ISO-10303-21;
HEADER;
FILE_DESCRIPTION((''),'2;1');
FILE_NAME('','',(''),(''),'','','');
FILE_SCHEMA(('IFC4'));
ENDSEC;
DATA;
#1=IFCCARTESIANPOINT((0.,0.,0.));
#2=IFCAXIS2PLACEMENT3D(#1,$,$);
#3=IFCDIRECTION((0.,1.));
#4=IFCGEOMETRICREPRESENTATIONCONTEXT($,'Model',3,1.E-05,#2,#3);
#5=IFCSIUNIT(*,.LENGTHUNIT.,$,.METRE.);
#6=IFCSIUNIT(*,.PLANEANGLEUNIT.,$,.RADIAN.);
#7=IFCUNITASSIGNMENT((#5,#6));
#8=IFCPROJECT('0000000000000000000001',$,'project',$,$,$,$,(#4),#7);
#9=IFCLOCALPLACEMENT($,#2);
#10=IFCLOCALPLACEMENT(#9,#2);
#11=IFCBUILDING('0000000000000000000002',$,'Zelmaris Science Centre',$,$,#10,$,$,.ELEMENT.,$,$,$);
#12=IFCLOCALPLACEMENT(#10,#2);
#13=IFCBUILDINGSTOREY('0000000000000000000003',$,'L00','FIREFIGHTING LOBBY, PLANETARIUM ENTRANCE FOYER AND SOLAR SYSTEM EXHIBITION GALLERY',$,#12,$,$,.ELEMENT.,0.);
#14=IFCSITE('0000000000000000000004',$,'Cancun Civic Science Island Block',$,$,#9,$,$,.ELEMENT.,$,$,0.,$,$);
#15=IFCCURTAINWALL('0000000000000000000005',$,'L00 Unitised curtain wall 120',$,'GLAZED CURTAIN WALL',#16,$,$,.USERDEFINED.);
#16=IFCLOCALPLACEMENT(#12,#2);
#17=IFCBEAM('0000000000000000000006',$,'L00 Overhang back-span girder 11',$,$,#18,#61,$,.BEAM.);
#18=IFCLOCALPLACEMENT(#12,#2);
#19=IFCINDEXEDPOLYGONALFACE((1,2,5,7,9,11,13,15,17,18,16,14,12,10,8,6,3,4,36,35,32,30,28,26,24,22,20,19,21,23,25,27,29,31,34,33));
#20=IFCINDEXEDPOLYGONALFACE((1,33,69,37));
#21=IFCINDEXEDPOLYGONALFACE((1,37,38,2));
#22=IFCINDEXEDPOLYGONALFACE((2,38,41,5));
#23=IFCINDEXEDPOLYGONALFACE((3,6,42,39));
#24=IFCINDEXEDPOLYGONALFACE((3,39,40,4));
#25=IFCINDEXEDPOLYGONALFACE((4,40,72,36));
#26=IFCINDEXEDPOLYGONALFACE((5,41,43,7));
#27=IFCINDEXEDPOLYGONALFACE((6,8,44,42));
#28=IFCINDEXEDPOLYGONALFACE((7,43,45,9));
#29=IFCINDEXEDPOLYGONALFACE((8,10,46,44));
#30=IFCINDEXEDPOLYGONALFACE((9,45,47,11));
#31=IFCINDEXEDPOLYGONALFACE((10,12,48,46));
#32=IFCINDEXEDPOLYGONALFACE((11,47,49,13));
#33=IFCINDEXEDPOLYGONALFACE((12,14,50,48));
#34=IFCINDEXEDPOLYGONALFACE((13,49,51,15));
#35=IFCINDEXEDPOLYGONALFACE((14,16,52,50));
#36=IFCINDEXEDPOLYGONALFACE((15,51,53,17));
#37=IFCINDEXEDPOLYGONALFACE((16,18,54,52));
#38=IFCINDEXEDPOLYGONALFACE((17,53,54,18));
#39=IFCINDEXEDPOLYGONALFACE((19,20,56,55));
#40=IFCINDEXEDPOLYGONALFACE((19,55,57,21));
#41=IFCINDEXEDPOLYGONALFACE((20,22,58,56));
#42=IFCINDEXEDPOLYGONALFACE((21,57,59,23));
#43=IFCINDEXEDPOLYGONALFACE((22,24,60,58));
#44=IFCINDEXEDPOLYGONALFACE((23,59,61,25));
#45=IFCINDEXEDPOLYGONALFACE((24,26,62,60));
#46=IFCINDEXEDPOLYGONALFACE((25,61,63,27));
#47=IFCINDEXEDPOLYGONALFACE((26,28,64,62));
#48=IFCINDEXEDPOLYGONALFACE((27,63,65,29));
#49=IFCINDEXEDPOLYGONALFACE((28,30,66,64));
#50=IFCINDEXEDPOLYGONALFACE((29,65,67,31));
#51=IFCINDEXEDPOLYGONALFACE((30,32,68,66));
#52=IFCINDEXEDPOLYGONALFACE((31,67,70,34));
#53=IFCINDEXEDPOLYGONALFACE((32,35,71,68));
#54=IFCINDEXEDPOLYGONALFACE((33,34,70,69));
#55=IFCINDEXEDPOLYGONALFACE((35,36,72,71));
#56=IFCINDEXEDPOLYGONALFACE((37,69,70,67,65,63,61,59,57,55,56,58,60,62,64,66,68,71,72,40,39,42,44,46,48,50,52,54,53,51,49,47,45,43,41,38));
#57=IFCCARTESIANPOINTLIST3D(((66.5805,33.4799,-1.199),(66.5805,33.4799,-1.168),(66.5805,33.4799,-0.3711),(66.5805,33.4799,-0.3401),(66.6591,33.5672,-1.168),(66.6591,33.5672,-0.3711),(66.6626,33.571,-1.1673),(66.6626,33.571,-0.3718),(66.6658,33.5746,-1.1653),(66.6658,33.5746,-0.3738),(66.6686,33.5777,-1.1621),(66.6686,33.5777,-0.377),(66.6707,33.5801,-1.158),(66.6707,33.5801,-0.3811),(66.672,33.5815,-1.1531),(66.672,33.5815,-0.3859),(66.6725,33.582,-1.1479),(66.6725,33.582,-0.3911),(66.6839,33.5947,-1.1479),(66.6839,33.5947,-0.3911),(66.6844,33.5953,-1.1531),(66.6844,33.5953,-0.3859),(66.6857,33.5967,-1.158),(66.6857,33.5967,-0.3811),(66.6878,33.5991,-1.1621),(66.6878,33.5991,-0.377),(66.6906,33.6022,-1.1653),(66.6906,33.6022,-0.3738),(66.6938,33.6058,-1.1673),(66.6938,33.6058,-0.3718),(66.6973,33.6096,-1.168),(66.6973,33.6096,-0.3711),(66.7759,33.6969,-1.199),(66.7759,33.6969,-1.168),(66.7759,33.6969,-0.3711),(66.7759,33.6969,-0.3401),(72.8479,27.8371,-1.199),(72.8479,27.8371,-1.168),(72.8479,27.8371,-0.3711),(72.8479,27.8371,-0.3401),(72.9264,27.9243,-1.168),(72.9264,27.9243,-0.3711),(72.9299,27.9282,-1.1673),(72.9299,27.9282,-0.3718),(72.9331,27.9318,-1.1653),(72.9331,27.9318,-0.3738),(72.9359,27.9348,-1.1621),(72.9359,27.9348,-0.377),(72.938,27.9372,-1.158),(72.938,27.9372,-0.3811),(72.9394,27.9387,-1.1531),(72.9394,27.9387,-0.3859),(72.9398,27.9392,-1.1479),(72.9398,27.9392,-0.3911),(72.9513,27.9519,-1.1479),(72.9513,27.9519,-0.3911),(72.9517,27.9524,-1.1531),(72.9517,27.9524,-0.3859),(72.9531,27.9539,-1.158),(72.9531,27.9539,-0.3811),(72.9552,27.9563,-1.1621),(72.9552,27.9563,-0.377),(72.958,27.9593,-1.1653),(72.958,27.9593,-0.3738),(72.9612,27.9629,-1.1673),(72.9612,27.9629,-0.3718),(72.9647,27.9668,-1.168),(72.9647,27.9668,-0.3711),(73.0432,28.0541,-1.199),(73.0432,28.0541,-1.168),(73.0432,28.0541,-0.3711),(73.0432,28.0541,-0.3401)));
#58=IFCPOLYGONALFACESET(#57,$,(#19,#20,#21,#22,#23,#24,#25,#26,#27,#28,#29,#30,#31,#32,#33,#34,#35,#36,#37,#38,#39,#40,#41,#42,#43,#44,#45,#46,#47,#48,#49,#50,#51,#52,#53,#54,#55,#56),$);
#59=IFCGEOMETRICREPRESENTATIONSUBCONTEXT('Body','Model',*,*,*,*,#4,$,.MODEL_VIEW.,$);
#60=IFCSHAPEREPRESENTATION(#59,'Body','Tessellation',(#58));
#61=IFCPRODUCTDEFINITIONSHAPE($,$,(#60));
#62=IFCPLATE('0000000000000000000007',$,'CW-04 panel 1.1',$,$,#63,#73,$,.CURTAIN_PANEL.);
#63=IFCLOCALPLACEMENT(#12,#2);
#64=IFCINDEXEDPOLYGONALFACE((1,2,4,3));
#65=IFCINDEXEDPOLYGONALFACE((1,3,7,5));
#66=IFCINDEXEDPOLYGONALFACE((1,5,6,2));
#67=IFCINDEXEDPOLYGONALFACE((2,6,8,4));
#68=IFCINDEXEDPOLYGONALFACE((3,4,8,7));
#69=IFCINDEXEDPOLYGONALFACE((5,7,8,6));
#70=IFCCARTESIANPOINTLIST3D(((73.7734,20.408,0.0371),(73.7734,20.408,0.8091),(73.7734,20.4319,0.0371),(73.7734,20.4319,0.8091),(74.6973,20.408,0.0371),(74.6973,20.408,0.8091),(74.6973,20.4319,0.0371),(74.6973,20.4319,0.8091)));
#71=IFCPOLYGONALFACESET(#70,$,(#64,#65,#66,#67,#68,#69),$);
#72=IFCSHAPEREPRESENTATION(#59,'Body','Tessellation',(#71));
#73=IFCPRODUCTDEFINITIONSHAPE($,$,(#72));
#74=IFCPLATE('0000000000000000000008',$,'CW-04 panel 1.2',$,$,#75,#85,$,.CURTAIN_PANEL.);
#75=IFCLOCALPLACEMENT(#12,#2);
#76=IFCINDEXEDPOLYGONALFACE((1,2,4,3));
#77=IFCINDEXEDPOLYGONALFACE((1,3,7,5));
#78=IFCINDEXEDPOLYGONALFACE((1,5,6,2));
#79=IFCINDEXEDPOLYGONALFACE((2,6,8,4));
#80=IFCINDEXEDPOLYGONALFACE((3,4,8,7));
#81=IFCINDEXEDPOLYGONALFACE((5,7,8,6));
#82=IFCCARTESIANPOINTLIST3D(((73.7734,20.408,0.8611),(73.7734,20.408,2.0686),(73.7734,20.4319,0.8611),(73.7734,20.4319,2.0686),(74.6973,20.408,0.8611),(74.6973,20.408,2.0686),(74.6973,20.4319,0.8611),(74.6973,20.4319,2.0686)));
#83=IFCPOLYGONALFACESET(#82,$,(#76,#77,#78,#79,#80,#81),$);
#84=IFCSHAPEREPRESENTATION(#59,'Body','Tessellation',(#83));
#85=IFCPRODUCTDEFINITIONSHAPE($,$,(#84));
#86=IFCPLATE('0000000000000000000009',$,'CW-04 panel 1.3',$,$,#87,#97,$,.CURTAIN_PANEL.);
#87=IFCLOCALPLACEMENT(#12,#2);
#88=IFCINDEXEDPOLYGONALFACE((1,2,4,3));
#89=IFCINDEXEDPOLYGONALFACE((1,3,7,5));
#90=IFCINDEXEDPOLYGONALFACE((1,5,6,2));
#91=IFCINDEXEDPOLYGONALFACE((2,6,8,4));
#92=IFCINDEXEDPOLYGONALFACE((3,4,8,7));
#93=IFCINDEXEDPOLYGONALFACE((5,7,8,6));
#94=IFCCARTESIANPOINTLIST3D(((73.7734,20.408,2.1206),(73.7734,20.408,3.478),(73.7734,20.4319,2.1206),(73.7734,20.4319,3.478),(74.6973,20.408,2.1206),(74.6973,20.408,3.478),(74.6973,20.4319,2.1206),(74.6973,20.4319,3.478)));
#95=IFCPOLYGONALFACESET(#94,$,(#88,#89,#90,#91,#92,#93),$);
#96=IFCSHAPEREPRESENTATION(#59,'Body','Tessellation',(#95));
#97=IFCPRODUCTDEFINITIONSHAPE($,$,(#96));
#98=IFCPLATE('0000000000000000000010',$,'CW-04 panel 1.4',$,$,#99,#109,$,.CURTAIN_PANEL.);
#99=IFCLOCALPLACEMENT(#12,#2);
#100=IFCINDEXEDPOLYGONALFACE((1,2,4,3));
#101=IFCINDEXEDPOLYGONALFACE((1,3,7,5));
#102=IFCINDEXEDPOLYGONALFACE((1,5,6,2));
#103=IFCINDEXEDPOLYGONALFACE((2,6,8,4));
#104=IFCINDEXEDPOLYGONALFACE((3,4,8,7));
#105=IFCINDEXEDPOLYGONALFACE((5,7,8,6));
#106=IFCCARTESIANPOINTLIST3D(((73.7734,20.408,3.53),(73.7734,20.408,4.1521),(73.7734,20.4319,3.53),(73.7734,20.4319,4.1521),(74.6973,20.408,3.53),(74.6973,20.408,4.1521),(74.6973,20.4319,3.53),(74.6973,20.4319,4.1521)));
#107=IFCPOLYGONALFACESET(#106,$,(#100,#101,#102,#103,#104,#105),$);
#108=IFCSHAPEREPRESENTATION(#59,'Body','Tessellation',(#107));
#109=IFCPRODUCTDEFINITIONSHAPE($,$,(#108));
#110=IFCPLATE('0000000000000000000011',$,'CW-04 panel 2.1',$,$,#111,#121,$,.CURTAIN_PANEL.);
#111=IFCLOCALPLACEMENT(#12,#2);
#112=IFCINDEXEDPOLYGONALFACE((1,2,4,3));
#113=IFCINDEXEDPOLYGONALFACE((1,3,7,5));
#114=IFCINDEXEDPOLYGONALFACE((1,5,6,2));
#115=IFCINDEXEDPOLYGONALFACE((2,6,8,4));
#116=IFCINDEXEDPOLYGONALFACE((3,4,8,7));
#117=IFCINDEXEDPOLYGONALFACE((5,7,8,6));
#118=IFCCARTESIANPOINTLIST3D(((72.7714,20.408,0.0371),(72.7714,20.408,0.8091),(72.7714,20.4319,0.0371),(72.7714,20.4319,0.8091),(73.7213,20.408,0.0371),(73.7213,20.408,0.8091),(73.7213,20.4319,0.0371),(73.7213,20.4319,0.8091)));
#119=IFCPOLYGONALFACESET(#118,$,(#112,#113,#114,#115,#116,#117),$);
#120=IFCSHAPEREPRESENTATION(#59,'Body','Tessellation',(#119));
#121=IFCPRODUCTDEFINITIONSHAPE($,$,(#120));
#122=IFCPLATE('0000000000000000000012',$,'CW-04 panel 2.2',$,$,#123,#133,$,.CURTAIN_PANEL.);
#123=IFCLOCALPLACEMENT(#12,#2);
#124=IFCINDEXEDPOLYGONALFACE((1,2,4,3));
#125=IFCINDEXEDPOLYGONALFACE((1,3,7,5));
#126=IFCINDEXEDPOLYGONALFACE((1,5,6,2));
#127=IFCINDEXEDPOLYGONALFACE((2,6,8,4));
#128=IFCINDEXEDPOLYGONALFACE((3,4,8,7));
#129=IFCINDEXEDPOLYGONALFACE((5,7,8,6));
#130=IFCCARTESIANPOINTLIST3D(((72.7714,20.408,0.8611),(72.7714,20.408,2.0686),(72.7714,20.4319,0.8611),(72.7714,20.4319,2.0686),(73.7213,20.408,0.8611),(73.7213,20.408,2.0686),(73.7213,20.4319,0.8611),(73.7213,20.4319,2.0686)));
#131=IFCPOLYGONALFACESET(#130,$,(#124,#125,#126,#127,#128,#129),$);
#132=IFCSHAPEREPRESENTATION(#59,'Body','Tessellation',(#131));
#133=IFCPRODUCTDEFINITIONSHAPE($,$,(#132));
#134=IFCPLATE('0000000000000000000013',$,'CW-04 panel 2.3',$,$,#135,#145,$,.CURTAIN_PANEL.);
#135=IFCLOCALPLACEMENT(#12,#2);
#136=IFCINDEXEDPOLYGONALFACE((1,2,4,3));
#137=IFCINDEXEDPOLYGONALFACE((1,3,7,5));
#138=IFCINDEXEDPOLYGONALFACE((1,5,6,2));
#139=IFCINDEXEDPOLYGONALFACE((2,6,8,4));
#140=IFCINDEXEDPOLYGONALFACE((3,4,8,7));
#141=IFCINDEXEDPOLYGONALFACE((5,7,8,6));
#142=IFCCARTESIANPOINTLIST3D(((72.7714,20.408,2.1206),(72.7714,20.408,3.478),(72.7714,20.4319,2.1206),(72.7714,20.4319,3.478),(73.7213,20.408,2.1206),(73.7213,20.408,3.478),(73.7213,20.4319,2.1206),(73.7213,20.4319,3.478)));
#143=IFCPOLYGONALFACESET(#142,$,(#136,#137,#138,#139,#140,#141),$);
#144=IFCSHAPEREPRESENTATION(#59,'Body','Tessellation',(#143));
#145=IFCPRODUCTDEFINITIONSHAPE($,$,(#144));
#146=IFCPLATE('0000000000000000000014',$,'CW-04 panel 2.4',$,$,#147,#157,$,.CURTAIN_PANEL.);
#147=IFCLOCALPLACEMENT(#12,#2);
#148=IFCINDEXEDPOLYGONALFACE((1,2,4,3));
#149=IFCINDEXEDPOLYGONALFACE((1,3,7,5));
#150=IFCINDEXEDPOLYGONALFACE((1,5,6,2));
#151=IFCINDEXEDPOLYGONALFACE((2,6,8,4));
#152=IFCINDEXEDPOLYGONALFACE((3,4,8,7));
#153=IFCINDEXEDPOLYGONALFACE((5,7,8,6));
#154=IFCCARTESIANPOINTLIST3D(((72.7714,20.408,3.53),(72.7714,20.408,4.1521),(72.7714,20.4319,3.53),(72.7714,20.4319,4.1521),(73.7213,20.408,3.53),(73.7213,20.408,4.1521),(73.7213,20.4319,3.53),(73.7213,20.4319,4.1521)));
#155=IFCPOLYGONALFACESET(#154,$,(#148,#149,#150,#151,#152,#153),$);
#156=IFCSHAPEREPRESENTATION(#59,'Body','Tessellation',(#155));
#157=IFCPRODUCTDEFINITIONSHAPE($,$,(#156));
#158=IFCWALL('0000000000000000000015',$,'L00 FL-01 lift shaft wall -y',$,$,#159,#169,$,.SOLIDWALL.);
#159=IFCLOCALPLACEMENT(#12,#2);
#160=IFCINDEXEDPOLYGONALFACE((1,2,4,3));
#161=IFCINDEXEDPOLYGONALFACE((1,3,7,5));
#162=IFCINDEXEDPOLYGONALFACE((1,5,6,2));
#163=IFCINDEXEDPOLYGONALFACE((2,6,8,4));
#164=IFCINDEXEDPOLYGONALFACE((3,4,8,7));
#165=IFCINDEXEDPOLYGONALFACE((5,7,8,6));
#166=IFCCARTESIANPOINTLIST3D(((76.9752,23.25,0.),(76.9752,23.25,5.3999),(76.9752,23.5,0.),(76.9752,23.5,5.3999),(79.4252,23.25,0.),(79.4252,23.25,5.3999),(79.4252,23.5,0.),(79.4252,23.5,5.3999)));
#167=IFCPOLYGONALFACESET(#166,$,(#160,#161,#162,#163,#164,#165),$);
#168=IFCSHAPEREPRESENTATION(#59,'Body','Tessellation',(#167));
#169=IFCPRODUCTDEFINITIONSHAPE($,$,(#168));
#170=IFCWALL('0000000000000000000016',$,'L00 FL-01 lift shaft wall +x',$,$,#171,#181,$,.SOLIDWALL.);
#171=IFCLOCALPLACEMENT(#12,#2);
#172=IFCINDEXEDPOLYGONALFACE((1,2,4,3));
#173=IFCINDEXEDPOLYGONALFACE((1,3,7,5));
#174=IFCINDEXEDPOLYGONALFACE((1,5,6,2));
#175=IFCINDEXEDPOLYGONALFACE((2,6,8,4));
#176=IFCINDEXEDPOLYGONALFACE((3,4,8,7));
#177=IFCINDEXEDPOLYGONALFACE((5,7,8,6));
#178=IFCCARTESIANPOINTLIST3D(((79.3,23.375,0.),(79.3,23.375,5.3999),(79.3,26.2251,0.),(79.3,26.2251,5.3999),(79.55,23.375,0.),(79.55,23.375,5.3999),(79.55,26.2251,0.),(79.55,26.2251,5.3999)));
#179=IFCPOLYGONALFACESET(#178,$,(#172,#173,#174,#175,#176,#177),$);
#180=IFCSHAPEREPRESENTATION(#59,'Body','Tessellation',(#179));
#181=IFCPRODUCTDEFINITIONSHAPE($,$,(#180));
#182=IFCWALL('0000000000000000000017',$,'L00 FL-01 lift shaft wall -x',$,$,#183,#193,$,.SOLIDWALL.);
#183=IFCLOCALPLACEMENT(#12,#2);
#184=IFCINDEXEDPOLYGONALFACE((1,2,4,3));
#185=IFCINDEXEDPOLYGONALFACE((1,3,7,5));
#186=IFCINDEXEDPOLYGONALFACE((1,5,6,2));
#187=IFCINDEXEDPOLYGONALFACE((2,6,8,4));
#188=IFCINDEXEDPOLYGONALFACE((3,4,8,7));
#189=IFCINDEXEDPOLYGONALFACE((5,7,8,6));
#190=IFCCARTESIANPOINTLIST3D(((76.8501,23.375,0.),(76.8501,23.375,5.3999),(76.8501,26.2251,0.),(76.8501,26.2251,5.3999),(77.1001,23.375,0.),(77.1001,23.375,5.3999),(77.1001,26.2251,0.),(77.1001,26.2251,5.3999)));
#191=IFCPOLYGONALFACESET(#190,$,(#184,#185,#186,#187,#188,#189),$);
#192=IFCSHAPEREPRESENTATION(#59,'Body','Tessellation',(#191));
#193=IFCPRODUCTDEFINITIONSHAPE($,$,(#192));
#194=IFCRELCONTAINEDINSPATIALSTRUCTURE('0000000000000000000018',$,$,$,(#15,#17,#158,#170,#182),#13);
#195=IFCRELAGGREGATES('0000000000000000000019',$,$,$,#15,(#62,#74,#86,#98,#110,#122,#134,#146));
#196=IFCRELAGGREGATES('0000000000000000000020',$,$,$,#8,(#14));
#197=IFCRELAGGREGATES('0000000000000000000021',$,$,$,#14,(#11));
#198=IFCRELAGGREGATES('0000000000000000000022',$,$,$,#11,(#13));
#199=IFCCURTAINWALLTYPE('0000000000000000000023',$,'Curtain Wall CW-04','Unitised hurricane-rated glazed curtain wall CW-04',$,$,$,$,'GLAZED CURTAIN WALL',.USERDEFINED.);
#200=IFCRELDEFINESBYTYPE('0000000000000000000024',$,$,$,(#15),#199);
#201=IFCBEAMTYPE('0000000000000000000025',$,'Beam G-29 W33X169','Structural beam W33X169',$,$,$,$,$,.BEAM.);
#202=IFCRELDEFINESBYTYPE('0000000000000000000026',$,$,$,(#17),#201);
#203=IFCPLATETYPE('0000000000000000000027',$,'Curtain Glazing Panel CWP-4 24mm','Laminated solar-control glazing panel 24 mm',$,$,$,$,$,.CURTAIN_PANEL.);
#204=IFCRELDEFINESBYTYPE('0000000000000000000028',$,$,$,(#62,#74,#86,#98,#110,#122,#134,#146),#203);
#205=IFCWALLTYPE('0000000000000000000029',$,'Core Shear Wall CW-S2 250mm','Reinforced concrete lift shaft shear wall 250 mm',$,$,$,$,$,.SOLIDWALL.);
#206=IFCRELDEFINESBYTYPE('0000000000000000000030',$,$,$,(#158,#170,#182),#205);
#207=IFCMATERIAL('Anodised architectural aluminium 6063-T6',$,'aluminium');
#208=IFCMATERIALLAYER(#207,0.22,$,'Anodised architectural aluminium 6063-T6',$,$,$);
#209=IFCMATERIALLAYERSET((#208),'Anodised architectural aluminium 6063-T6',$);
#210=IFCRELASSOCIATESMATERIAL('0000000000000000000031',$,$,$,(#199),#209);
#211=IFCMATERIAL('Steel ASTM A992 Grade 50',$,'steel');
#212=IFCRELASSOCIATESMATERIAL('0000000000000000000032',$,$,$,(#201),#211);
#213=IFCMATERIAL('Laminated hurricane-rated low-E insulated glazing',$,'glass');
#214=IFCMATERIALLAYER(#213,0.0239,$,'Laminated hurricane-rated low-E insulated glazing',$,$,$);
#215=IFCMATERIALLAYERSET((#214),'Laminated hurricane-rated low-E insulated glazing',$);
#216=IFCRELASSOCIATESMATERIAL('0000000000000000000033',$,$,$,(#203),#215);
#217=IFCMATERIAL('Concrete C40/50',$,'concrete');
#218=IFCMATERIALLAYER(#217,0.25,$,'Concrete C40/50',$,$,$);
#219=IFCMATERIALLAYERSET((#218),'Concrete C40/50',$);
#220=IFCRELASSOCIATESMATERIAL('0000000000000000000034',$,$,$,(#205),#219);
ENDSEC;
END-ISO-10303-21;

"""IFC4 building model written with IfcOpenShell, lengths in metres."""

from ifc_helpers import new_model, si_unit, direction, frame, frame_2d, origin, origin_2d, place, context, subcontext, project, spatial, rectangle, i_section, extrude, material, layer, layer_set, material_profile, profile_set, type_object, element, aggregate, save


model = new_model("IFC4")

# Units and contexts
model_context = context("Model", 3, precision=1e-05, world=origin(), true_north=direction((0.0, 1.0)))
body_context = subcontext(model_context, "Body", "Model", "MODEL_VIEW")
ifc_project = project(units=[si_unit("LENGTHUNIT", "METRE"), si_unit("PLANEANGLEUNIT", "RADIAN")], contexts=[model_context])

# Site, building, storey
site_placement = place(None, origin())
site = spatial("IfcSite", under=ifc_project, at=site_placement, Name="Cancun Civic Science Island Block", CompositionType="ELEMENT", RefElevation=0.0)
building_placement = place(site_placement, origin())
building = spatial("IfcBuilding", under=site, at=building_placement, Name="Zelmaris Science Centre", CompositionType="ELEMENT")
storey_placement = place(building_placement, origin())
storey = spatial("IfcBuildingStorey", under=building, at=storey_placement, Name="L00", Description="FIREFIGHTING LOBBY, PLANETARIUM ENTRANCE FOYER AND SOLAR SYSTEM EXHIBITION GALLERY", CompositionType="ELEMENT", Elevation=0.0)

# Shared definitions
ifc_material_1 = material(Name="Steel ASTM A992 Grade 50", Category="steel")

# Curtain wall
ifc_material_2 = material(Name="Anodised architectural aluminium 6063-T6", Category="aluminium")
ifc_layer_1 = layer(ifc_material_2, 0.22, Name="Anodised architectural aluminium 6063-T6")
ifc_layer_set_1 = layer_set([ifc_layer_1], Name="Anodised architectural aluminium 6063-T6")
curtain_wall_type_1 = type_object("IfcCurtainWallType", Name="Curtain Wall CW-04", Description="Unitised hurricane-rated glazed curtain wall CW-04", ElementType="GLAZED CURTAIN WALL", PredefinedType="USERDEFINED", material=ifc_layer_set_1)
curtain_wall_1_placement = place(storey_placement, origin())
curtain_wall_1 = element("IfcCurtainWall", 1, at=curtain_wall_1_placement, inside=storey, type_object=curtain_wall_type_1, Name="L00 Unitised curtain wall 120", ObjectType="GLAZED CURTAIN WALL", PredefinedType="USERDEFINED")

# Beam
ifc_material_profile_1 = material_profile(ifc_material_1, i_section(OverallWidth=0.292, OverallDepth=0.8589, WebThickness=0.0171, FlangeThickness=0.031, FilletRadius=0.02, at=origin_2d()), Name="W33X169")
ifc_profile_set_1 = profile_set([ifc_material_profile_1], Name="Steel ASTM A992 Grade 50")
beam_type_1 = type_object("IfcBeamType", Name="Beam G-29 W33X169", Description="Structural beam W33X169", PredefinedType="BEAM", material=ifc_profile_set_1)
beam_1_placement = place(storey_placement, frame((72.9456, 27.9456, -0.7695), z_axis=(-0.743163, 0.66911, 0.0), x_axis=(-0.66911, -0.743163, 0.0)))
element("IfcBeam", 2, at=beam_1_placement, inside=storey, type_object=beam_type_1, Name="L00 Overhang back-span girder 11", PredefinedType="BEAM", context=body_context, shape_type="SweptSolid", body=[
    extrude(i_section(OverallWidth=0.292, OverallDepth=0.8589, WebThickness=0.0171, FlangeThickness=0.031, FilletRadius=0.02, at=origin_2d()), origin(), (0.0, 0.0, 1.0), 8.4333),
])

# Plates
ifc_material_3 = material(Name="Laminated hurricane-rated low-E insulated glazing", Category="glass")
ifc_layer_2 = layer(ifc_material_3, 0.0239, Name="Laminated hurricane-rated low-E insulated glazing")
ifc_layer_set_2 = layer_set([ifc_layer_2], Name="Laminated hurricane-rated low-E insulated glazing")
plate_type = type_object("IfcPlateType", Name="Curtain Glazing Panel CWP-4 24mm", Description="Laminated solar-control glazing panel 24 mm", PredefinedType="CURTAIN_PANEL", material=ifc_layer_set_2)
plate_1_placement = place(storey_placement, frame((74.2354, 20.4199, 0.0371), z_axis=(0.0, 0.0, 1.0), x_axis=(-1.0, 0.0, 0.0)))
plate_1 = element("IfcPlate", 3, at=plate_1_placement, type_object=plate_type, Name="CW-04 panel 1.1", PredefinedType="CURTAIN_PANEL", context=body_context, shape_type="SweptSolid", body=[
    extrude(rectangle(XDim=0.9238, YDim=0.0239, at=origin_2d()), origin(), (0.0, 0.0, 1.0), 0.772),
])
plate_2_placement = place(storey_placement, frame((74.2354, 20.4199, 0.8611), z_axis=(0.0, 0.0, 1.0), x_axis=(-1.0, 0.0, 0.0)))
plate_2 = element("IfcPlate", 4, at=plate_2_placement, type_object=plate_type, Name="CW-04 panel 1.2", PredefinedType="CURTAIN_PANEL", context=body_context, shape_type="SweptSolid", body=[
    extrude(rectangle(XDim=0.9238, YDim=0.0239, at=origin_2d()), origin(), (0.0, 0.0, 1.0), 1.2075),
])
plate_3_placement = place(storey_placement, frame((74.2354, 20.4199, 2.1206), z_axis=(0.0, 0.0, 1.0), x_axis=(-1.0, 0.0, 0.0)))
plate_3 = element("IfcPlate", 5, at=plate_3_placement, type_object=plate_type, Name="CW-04 panel 1.3", PredefinedType="CURTAIN_PANEL", context=body_context, shape_type="SweptSolid", body=[
    extrude(rectangle(XDim=0.9238, YDim=0.0239, at=origin_2d()), origin(), (0.0, 0.0, 1.0), 1.3574),
])
plate_4_placement = place(storey_placement, frame((74.2354, 20.4199, 3.53), z_axis=(0.0, 0.0, 1.0), x_axis=(-1.0, 0.0, 0.0)))
plate_4 = element("IfcPlate", 6, at=plate_4_placement, type_object=plate_type, Name="CW-04 panel 1.4", PredefinedType="CURTAIN_PANEL", context=body_context, shape_type="SweptSolid", body=[
    extrude(rectangle(XDim=0.9238, YDim=0.0239, at=origin_2d()), origin(), (0.0, 0.0, 1.0), 0.6221),
])
plate_5_placement = place(storey_placement, frame((73.2463, 20.4199, 0.0371), z_axis=(0.0, 0.0, 1.0), x_axis=(-1.0, 0.0, 0.0)))
plate_5 = element("IfcPlate", 7, at=plate_5_placement, type_object=plate_type, Name="CW-04 panel 2.1", PredefinedType="CURTAIN_PANEL", context=body_context, shape_type="SweptSolid", body=[
    extrude(rectangle(XDim=0.95, YDim=0.0239, at=origin_2d()), origin(), (0.0, 0.0, 1.0), 0.772),
])
plate_6_placement = place(storey_placement, frame((73.2463, 20.4199, 0.8611), z_axis=(0.0, 0.0, 1.0), x_axis=(-1.0, 0.0, 0.0)))
plate_6 = element("IfcPlate", 8, at=plate_6_placement, type_object=plate_type, Name="CW-04 panel 2.2", PredefinedType="CURTAIN_PANEL", context=body_context, shape_type="SweptSolid", body=[
    extrude(rectangle(XDim=0.95, YDim=0.0239, at=origin_2d()), origin(), (0.0, 0.0, 1.0), 1.2075),
])
plate_7_placement = place(storey_placement, frame((73.2463, 20.4199, 2.1206), z_axis=(0.0, 0.0, 1.0), x_axis=(-1.0, 0.0, 0.0)))
plate_7 = element("IfcPlate", 9, at=plate_7_placement, type_object=plate_type, Name="CW-04 panel 2.3", PredefinedType="CURTAIN_PANEL", context=body_context, shape_type="SweptSolid", body=[
    extrude(rectangle(XDim=0.95, YDim=0.0239, at=origin_2d()), origin(), (0.0, 0.0, 1.0), 1.3574),
])
plate_8_placement = place(storey_placement, frame((73.2463, 20.4199, 3.53), z_axis=(0.0, 0.0, 1.0), x_axis=(-1.0, 0.0, 0.0)))
plate_8 = element("IfcPlate", 10, at=plate_8_placement, type_object=plate_type, Name="CW-04 panel 2.4", PredefinedType="CURTAIN_PANEL", context=body_context, shape_type="SweptSolid", body=[
    extrude(rectangle(XDim=0.95, YDim=0.0239, at=origin_2d()), origin(), (0.0, 0.0, 1.0), 0.6221),
])
aggregate(curtain_wall_1, [plate_1, plate_2, plate_3, plate_4, plate_5, plate_6, plate_7, plate_8])

# Walls
ifc_material_4 = material(Name="Concrete C40/50", Category="concrete")
ifc_layer_3 = layer(ifc_material_4, 0.25, Name="Concrete C40/50")
ifc_layer_set_3 = layer_set([ifc_layer_3], Name="Concrete C40/50")
wall_type_1 = type_object("IfcWallType", Name="Core Shear Wall CW-S2 250mm", Description="Reinforced concrete lift shaft shear wall 250 mm", PredefinedType="SOLIDWALL", material=ifc_layer_set_3)
wall_1_placement = place(storey_placement, frame((76.9751, 23.375, 0.0), z_axis=(0.0, 0.0, 1.0), x_axis=(1.0, 0.0, 0.0)))
element("IfcWall", 11, at=wall_1_placement, inside=storey, type_object=wall_type_1, Name="L00 FL-01 lift shaft wall -y", PredefinedType="SOLIDWALL", context=body_context, shape_type="SweptSolid", body=[
    extrude(rectangle(XDim=2.45, YDim=0.25, at=frame_2d((1.2251, 0.0))), origin(), (0.0, 0.0, 1.0), 5.3999),
])
for number, where, z_axis, x_axis, name in (
    (12, (79.425, 23.375, 0.0), (0.0, 0.0, 1.0), (0.0, 1.0, 0.0), "L00 FL-01 lift shaft wall +x"),
    (13, (76.9751, 26.2251, 0.0), (0.0, 0.0, 1.0), (0.0, -1.0, 0.0), "L00 FL-01 lift shaft wall -x"),
):
    element("IfcWall", number, at=place(storey_placement, frame(where, z_axis=z_axis, x_axis=x_axis)), inside=storey, type_object=wall_type_1, Name=name, PredefinedType="SOLIDWALL", context=body_context, shape_type="SweptSolid", body=[
        extrude(rectangle(XDim=2.8501, YDim=0.25, at=frame_2d((1.425, 0.0))), origin(), (0.0, 0.0, 1.0), 5.3999),
    ])

save(model, "model.ifc")
